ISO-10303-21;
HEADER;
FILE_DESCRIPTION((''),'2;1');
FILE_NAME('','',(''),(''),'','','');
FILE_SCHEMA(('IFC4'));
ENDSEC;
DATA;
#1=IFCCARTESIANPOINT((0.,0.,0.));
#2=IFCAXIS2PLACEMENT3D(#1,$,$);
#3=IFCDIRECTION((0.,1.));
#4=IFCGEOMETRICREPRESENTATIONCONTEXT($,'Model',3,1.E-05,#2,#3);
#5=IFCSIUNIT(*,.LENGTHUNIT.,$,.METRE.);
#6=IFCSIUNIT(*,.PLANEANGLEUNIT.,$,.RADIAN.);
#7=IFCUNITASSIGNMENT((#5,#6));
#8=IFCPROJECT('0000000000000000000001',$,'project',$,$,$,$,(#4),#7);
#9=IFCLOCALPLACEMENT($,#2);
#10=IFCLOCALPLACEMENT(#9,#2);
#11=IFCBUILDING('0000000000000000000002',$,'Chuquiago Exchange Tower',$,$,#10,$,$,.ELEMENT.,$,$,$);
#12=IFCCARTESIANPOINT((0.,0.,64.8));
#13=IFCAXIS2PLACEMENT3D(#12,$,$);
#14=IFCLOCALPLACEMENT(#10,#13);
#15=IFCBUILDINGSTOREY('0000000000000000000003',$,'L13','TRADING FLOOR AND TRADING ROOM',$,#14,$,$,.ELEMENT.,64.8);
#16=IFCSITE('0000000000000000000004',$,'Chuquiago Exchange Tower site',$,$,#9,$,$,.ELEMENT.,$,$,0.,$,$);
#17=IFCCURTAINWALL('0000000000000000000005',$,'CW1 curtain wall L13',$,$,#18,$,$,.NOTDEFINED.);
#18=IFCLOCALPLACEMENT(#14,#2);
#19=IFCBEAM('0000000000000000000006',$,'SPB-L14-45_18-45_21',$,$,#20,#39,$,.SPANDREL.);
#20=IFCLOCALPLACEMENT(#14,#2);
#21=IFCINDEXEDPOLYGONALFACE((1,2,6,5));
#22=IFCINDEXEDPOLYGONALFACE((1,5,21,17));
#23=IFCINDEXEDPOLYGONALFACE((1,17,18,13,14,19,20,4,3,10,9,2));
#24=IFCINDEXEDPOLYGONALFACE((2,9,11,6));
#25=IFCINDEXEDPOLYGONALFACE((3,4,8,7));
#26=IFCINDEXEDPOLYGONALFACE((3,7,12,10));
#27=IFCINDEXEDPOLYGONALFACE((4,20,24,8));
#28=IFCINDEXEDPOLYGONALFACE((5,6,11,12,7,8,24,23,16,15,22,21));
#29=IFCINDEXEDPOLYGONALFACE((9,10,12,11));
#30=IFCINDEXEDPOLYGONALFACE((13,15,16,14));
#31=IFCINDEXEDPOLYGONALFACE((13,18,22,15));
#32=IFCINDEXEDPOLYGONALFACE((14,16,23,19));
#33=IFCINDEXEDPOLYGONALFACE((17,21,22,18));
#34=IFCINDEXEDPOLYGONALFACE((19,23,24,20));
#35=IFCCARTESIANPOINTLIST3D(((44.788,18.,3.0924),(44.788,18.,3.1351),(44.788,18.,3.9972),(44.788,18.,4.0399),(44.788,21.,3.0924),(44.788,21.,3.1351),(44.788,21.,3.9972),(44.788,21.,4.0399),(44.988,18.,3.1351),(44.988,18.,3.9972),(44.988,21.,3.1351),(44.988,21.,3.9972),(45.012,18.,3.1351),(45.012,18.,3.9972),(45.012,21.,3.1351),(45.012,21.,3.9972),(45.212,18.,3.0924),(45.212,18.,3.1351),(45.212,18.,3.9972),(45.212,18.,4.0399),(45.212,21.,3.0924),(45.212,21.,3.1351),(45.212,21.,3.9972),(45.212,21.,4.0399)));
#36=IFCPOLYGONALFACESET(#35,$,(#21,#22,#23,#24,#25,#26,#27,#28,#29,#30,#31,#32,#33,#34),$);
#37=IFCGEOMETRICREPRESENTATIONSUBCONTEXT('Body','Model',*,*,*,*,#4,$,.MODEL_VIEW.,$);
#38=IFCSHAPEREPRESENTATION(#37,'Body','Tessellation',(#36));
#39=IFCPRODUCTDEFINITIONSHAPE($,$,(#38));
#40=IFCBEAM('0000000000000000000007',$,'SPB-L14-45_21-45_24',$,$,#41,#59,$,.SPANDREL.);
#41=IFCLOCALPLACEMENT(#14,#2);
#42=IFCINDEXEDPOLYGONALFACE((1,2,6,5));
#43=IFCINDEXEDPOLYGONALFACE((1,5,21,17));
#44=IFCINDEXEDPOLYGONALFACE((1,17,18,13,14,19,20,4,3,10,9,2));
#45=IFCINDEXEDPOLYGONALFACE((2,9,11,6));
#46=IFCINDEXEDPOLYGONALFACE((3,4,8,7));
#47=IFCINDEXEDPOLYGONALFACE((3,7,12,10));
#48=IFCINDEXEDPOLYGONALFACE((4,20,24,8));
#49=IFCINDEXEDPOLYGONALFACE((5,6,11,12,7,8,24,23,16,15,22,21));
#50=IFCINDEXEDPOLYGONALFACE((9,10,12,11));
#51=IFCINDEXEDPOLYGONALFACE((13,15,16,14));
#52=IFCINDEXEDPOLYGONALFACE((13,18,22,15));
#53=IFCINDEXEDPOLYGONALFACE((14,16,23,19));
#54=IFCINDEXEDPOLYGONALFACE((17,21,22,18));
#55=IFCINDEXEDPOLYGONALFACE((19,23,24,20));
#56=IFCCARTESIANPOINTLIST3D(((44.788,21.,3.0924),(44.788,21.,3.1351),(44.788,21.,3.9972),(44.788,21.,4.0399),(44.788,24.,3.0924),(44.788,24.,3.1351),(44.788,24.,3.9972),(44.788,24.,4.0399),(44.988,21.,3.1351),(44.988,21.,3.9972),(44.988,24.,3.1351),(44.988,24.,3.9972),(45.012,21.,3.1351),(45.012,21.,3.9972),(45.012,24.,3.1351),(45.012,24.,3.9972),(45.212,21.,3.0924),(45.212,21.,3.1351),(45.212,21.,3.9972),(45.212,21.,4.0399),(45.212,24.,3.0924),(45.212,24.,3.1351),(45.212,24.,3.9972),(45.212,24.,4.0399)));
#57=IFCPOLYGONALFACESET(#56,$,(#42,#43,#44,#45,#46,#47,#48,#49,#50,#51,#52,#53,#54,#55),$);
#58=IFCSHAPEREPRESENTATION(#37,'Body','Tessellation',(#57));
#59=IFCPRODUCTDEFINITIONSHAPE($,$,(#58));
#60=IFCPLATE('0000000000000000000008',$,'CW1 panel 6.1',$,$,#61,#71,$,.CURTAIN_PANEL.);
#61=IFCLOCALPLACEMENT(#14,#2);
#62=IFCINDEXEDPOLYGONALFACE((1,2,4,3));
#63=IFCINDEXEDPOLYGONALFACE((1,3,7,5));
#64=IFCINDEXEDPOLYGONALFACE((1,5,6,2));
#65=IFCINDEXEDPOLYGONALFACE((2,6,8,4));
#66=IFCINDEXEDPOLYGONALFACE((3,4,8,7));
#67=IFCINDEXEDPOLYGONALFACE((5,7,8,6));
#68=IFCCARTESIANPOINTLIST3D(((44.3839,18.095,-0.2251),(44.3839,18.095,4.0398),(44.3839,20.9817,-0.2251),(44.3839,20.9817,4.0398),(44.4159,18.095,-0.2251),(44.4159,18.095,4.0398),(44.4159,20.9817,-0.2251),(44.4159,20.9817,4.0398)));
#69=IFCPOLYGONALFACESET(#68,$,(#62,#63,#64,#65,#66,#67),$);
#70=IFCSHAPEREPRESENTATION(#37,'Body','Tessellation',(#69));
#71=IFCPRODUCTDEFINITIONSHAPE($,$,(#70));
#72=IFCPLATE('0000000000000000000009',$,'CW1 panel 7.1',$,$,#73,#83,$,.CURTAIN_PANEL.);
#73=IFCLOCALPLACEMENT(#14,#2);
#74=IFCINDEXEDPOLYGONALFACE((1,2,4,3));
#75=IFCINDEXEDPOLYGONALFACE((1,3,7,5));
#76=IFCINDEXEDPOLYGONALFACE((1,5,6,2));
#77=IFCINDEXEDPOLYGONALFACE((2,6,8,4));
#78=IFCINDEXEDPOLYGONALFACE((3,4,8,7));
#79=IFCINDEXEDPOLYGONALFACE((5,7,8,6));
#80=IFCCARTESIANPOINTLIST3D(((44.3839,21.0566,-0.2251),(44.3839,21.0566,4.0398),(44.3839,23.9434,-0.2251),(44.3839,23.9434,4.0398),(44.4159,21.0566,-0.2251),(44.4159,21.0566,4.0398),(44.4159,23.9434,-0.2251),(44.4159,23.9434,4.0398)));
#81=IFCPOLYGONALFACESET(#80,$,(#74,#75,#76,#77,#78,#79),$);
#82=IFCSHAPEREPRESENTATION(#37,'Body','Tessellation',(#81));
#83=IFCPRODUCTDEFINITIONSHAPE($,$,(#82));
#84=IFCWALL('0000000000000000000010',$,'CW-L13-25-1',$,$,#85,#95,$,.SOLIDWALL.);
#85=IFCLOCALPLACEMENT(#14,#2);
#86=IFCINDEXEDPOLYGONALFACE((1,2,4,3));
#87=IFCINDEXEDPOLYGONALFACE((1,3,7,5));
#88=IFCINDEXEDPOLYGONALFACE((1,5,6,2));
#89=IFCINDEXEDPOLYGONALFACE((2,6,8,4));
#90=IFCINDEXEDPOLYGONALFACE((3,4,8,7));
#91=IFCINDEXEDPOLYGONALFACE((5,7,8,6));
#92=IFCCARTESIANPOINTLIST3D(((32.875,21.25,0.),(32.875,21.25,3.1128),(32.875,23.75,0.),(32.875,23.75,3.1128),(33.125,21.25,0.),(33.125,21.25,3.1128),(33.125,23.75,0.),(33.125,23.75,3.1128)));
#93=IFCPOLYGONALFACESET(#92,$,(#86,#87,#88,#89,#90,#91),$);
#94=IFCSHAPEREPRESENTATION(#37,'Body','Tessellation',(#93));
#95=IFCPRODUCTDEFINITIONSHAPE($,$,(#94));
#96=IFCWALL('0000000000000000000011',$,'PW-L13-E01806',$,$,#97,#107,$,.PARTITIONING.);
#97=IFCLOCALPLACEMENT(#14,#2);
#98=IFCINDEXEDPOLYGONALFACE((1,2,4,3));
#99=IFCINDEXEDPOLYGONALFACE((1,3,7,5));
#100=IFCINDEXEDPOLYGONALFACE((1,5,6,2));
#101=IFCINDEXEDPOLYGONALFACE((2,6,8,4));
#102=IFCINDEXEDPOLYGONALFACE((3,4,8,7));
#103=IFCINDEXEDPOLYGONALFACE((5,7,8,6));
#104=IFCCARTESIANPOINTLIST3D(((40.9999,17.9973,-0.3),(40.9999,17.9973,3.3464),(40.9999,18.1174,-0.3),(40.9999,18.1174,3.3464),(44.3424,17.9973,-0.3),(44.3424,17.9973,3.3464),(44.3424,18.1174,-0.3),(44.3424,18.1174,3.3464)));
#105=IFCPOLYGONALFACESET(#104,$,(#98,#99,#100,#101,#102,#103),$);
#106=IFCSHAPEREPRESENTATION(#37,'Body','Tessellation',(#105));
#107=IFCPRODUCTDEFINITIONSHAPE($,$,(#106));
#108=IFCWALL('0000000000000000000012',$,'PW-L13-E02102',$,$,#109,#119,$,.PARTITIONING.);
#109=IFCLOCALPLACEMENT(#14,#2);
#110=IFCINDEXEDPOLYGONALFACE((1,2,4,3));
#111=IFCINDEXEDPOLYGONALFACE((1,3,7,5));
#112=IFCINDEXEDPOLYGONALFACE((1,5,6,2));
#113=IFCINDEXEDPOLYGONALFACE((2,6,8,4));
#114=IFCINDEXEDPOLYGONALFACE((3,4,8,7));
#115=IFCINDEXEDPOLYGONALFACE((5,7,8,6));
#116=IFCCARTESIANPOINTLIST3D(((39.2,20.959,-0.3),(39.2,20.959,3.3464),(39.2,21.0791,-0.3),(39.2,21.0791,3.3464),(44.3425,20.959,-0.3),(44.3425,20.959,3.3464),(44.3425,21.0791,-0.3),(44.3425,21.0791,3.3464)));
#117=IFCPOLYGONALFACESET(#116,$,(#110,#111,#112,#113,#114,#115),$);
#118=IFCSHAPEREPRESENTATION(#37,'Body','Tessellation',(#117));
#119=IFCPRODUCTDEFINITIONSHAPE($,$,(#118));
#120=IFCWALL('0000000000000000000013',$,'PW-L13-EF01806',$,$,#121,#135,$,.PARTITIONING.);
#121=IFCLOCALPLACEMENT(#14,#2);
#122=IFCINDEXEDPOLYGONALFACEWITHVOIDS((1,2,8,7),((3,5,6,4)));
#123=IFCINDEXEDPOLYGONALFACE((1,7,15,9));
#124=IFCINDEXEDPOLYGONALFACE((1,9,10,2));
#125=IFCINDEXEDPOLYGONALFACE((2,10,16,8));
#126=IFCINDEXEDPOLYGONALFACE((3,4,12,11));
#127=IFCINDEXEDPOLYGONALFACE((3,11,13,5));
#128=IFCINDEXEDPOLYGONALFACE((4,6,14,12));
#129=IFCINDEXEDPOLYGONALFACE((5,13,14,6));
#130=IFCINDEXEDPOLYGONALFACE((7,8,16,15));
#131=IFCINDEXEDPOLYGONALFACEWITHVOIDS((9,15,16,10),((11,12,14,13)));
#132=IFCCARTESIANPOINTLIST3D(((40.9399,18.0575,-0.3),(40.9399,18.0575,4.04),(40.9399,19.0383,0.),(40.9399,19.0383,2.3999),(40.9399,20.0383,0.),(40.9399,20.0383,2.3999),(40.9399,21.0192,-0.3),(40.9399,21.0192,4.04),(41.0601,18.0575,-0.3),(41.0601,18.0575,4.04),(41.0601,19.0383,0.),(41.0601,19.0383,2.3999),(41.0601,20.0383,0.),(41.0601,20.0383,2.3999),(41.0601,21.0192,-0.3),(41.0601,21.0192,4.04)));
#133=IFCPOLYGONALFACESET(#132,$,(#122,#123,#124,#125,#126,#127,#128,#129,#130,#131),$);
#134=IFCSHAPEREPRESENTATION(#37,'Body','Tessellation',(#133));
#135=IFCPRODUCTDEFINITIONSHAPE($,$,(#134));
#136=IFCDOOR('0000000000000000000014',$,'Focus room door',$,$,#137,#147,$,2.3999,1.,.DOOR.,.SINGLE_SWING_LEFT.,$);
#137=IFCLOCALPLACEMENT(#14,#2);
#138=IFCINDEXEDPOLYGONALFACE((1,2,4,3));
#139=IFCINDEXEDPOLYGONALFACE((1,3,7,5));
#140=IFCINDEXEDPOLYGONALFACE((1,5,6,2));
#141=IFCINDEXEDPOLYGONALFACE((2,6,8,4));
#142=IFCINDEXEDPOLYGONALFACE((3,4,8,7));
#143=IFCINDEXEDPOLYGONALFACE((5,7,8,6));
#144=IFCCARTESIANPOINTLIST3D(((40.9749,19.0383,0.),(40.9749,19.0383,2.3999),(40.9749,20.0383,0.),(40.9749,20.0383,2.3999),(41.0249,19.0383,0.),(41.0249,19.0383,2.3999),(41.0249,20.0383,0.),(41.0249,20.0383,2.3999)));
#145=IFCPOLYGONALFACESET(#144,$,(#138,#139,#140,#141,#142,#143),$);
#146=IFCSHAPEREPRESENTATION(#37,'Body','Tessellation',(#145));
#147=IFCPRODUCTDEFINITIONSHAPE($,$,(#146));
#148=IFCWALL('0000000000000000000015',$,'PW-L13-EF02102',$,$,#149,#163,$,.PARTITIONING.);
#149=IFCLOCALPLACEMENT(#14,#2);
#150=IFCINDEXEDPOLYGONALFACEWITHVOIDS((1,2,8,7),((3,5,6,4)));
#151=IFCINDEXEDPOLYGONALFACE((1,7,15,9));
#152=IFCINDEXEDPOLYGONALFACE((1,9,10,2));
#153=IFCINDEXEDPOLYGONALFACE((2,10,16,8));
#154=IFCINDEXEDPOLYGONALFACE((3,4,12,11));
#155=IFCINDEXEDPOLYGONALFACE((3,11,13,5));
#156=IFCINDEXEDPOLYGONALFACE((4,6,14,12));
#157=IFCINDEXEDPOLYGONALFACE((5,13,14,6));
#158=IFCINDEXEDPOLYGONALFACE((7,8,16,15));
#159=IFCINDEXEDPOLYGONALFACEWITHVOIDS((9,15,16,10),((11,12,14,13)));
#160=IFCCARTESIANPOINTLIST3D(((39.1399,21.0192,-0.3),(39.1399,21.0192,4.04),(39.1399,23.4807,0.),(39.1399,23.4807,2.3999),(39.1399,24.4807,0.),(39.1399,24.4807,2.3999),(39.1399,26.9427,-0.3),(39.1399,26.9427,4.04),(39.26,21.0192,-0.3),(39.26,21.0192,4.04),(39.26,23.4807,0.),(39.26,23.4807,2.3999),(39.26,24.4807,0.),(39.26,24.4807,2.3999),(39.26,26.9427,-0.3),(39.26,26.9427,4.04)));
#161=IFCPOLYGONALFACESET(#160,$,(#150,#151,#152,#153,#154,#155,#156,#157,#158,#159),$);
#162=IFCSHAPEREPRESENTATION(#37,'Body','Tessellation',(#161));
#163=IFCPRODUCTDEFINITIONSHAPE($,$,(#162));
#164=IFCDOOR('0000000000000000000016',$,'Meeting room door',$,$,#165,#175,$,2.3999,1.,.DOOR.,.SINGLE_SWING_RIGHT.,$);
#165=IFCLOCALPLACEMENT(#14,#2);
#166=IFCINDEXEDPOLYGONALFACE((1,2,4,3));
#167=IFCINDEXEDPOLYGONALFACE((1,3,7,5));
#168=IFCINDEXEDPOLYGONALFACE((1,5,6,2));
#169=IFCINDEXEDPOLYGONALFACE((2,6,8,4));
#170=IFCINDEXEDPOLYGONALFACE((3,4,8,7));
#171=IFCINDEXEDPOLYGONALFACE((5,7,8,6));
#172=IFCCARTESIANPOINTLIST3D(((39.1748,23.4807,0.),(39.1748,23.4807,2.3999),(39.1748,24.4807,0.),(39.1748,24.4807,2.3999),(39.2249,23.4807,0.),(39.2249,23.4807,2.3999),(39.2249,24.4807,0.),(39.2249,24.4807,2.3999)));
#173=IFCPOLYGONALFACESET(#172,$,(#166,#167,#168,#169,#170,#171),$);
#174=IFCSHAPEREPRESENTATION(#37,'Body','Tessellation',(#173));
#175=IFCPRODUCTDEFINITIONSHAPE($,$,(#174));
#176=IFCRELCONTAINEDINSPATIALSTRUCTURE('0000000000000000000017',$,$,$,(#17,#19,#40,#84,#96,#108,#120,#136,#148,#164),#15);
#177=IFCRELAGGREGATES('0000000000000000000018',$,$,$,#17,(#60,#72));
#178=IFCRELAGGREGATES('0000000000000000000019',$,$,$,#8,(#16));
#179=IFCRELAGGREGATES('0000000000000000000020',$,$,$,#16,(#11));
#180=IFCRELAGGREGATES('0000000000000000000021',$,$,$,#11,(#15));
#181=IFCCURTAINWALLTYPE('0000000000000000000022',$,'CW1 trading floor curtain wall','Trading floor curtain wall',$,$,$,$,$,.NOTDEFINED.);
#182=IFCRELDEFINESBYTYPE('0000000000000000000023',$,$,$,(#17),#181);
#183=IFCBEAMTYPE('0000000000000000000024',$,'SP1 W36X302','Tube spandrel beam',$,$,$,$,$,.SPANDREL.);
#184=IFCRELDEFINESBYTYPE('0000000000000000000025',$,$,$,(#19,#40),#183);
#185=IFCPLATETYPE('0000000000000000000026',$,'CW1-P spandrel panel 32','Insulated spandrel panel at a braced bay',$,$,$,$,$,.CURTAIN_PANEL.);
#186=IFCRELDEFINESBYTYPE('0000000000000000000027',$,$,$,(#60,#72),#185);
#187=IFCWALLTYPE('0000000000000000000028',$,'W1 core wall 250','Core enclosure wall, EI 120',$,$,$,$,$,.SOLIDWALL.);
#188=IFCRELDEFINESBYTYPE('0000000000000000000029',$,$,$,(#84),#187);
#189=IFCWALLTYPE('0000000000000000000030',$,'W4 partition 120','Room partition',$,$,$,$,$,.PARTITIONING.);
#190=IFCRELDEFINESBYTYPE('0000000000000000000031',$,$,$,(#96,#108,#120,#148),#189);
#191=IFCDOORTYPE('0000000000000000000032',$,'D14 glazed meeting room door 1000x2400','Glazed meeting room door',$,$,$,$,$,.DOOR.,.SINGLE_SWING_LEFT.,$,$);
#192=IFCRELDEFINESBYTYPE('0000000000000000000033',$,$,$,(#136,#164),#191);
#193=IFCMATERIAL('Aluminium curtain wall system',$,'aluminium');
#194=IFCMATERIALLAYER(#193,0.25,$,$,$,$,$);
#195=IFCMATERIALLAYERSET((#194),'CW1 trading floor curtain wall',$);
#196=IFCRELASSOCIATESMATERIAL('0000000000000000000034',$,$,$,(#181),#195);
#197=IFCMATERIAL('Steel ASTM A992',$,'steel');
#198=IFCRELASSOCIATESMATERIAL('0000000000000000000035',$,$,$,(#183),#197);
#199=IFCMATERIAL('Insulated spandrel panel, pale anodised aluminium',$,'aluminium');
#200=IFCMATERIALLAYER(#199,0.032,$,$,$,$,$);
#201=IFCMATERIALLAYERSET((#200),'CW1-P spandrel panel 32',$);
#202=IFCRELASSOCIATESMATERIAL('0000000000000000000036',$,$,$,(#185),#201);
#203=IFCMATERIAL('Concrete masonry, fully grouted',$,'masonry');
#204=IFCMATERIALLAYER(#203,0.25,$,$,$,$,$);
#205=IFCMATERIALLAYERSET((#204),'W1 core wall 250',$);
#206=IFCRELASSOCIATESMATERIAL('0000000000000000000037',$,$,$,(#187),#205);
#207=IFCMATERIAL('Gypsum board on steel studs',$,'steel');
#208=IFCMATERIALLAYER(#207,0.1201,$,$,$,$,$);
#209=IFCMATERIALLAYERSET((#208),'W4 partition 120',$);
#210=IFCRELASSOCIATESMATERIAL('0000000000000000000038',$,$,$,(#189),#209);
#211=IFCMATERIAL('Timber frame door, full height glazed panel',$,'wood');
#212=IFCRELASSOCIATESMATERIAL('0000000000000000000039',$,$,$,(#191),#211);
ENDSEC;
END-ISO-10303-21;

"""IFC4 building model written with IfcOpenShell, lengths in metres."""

from ifc_helpers import new_model, si_unit, direction, frame, frame_2d, origin, origin_2d, place, context, subcontext, project, spatial, rectangle, i_section, extrude, material, layer, layer_set, material_profile, profile_set, type_object, element, fill, aggregate, save


model = new_model("IFC4")

# Units and contexts
model_context = context("Model", 3, precision=1e-05, world=origin(), true_north=direction((0.0, 1.0)))
body_context = subcontext(model_context, "Body", "Model", "MODEL_VIEW")
ifc_project = project(units=[si_unit("LENGTHUNIT", "METRE"), si_unit("PLANEANGLEUNIT", "RADIAN")], contexts=[model_context])

# Site, building, storey
site_placement = place(None, origin())
site = spatial("IfcSite", under=ifc_project, at=site_placement, Name="Chuquiago Exchange Tower site", CompositionType="ELEMENT", RefElevation=0.0)
building_placement = place(site_placement, origin())
building = spatial("IfcBuilding", under=site, at=building_placement, Name="Chuquiago Exchange Tower", CompositionType="ELEMENT")
storey_placement = place(building_placement, frame((0.0, 0.0, 64.8)))
storey = spatial("IfcBuildingStorey", under=building, at=storey_placement, Name="L13", Description="TRADING FLOOR AND TRADING ROOM", CompositionType="ELEMENT", Elevation=64.8)

# Curtain wall
ifc_material_1 = material(Name="Aluminium curtain wall system", Category="aluminium")
ifc_layer_1 = layer(ifc_material_1, 0.25)
ifc_layer_set_1 = layer_set([ifc_layer_1], Name="CW1 trading floor curtain wall")
curtain_wall_type = type_object("IfcCurtainWallType", Name="CW1 trading floor curtain wall", Description="Trading floor curtain wall", PredefinedType="NOTDEFINED", material=ifc_layer_set_1)
curtain_wall_placement = place(storey_placement, origin())
curtain_wall = element("IfcCurtainWall", 1, at=curtain_wall_placement, inside=storey, type_object=curtain_wall_type, Name="CW1 curtain wall L13", PredefinedType="NOTDEFINED")

# Beams
ifc_material_2 = material(Name="Steel ASTM A992", Category="steel")
ifc_material_profile_1 = material_profile(ifc_material_2, i_section(OverallWidth=0.4241, OverallDepth=0.9475, WebThickness=0.0239, FlangeThickness=0.0427, at=origin_2d()), Name="W36X302")
ifc_profile_set_1 = profile_set([ifc_material_profile_1], Name="Steel ASTM A992")
beam_type_1 = type_object("IfcBeamType", Name="SP1 W36X302", Description="Tube spandrel beam", PredefinedType="SPANDREL", material=ifc_profile_set_1)
for number, where, z_axis, x_axis, name in (
    (2, (45.0, 18.0, 3.5662), (0.0, 1.0, 0.0), (-1.0, 0.0, 0.0), "SPB-L14-45_18-45_21"),
    (3, (45.0, 21.0, 3.5662), (0.0, 1.0, 0.0), (-1.0, 0.0, 0.0), "SPB-L14-45_21-45_24"),
):
    element("IfcBeam", number, at=place(storey_placement, frame(where, z_axis=z_axis, x_axis=x_axis)), inside=storey, type_object=beam_type_1, Name=name, PredefinedType="SPANDREL", context=body_context, shape_type="SweptSolid", body=[
        extrude(i_section(OverallWidth=0.4241, OverallDepth=0.9475, WebThickness=0.0239, FlangeThickness=0.0427, at=origin_2d()), origin(), (0.0, 0.0, 1.0), 3.0),
    ])

# Plates
ifc_material_3 = material(Name="Insulated spandrel panel, pale anodised aluminium", Category="aluminium")
ifc_layer_2 = layer(ifc_material_3, 0.032)
ifc_layer_set_2 = layer_set([ifc_layer_2], Name="CW1-P spandrel panel 32")
plate_type = type_object("IfcPlateType", Name="CW1-P spandrel panel 32", Description="Insulated spandrel panel at a braced bay", PredefinedType="CURTAIN_PANEL", material=ifc_layer_set_2)
plate_1_placement = place(storey_placement, frame((44.3999, 19.5383, -0.2251), z_axis=(0.0, 0.0, 1.0), x_axis=(0.0, 1.0, 0.0)))
plate_1 = element("IfcPlate", 4, at=plate_1_placement, type_object=plate_type, Name="CW1 panel 6.1", PredefinedType="CURTAIN_PANEL", context=body_context, shape_type="SweptSolid", body=[
    extrude(rectangle(XDim=2.8867, YDim=0.032, at=origin_2d()), origin(), (0.0, 0.0, 1.0), 4.2649),
])
plate_2_placement = place(storey_placement, frame((44.3999, 22.5, -0.2251), z_axis=(0.0, 0.0, 1.0), x_axis=(0.0, 1.0, 0.0)))
plate_2 = element("IfcPlate", 5, at=plate_2_placement, type_object=plate_type, Name="CW1 panel 7.1", PredefinedType="CURTAIN_PANEL", context=body_context, shape_type="SweptSolid", body=[
    extrude(rectangle(XDim=2.8867, YDim=0.032, at=origin_2d()), origin(), (0.0, 0.0, 1.0), 4.2649),
])
aggregate(curtain_wall, [plate_1, plate_2])

# Walls
ifc_material_4 = material(Name="Concrete masonry, fully grouted", Category="masonry")
ifc_layer_3 = layer(ifc_material_4, 0.25)
ifc_layer_set_3 = layer_set([ifc_layer_3], Name="W1 core wall 250")
wall_type_1 = type_object("IfcWallType", Name="W1 core wall 250", Description="Core enclosure wall, EI 120", PredefinedType="SOLIDWALL", material=ifc_layer_set_3)
wall_1_placement = place(storey_placement, frame((33.0, 21.25, 0.0), z_axis=(0.0, 0.0, 1.0), x_axis=(0.0, 1.0, 0.0)))
element("IfcWall", 6, at=wall_1_placement, inside=storey, type_object=wall_type_1, Name="CW-L13-25-1", PredefinedType="SOLIDWALL", context=body_context, shape_type="SweptSolid", body=[
    extrude(rectangle(XDim=2.5, YDim=0.25, at=frame_2d((1.25, 0.0))), origin(), (0.0, 0.0, 1.0), 3.1128),
])
ifc_material_5 = material(Name="Gypsum board on steel studs", Category="steel")
ifc_layer_4 = layer(ifc_material_5, 0.1201)
ifc_layer_set_4 = layer_set([ifc_layer_4], Name="W4 partition 120")
wall_type_2 = type_object("IfcWallType", Name="W4 partition 120", Description="Room partition", PredefinedType="PARTITIONING", material=ifc_layer_set_4)
wall_2_placement = place(storey_placement, frame((44.3425, 18.0574, -0.3), z_axis=(0.0, 0.0, 1.0), x_axis=(-1.0, 0.0, 0.0)))
element("IfcWall", 7, at=wall_2_placement, inside=storey, type_object=wall_type_2, Name="PW-L13-E01806", PredefinedType="PARTITIONING", context=body_context, shape_type="SweptSolid", body=[
    extrude(rectangle(XDim=3.3425, YDim=0.1201, at=frame_2d((1.6714, 0.0))), origin(), (0.0, 0.0, 1.0), 3.6465),
])
wall_3_placement = place(storey_placement, frame((44.3425, 21.019, -0.3), z_axis=(0.0, 0.0, 1.0), x_axis=(-1.0, 0.0, 0.0)))
element("IfcWall", 8, at=wall_3_placement, inside=storey, type_object=wall_type_2, Name="PW-L13-E02102", PredefinedType="PARTITIONING", context=body_context, shape_type="SweptSolid", body=[
    extrude(rectangle(XDim=5.1426, YDim=0.1201, at=frame_2d((2.5713, 0.0))), origin(), (0.0, 0.0, 1.0), 3.6465),
])

# Walls, openings, doors
wall_4_placement = place(storey_placement, frame((41.0, 18.0574, -0.3), z_axis=(0.0, 0.0, 1.0), x_axis=(0.0, 1.0, 0.0)))
wall_4 = element("IfcWall", 9, at=wall_4_placement, inside=storey, type_object=wall_type_2, Name="PW-L13-EF01806", PredefinedType="PARTITIONING", context=body_context, shape_type="SweptSolid", body=[
    extrude(rectangle(XDim=2.9617, YDim=0.1201, at=frame_2d((1.481, 0.0))), origin(), (0.0, 0.0, 1.0), 4.3401),
])
opening_1_placement = place(wall_4_placement, frame((0.981, 0.0, 0.3)))
opening_1 = element("IfcOpeningElement", 10, at=opening_1_placement, cuts=wall_4, PredefinedType="OPENING", context=body_context, shape_type="SweptSolid", body=[
    extrude(rectangle(XDim=1.0, YDim=2.3999, at=frame_2d((0.5, 1.2))), frame((0.0, 0.0701, 0.0), z_axis=(0.0, -1.0, 0.0), x_axis=(1.0, 0.0, 0.0)), (0.0, 0.0, 1.0), 0.1401),
])
ifc_material_6 = material(Name="Timber frame door, full height glazed panel", Category="wood")
door_type = type_object("IfcDoorType", Name="D14 glazed meeting room door 1000x2400", Description="Glazed meeting room door", OperationType="SINGLE_SWING_LEFT", PredefinedType="DOOR", material=ifc_material_6)
door_1_placement = place(opening_1_placement, frame((1.0, 0.0, 0.0), z_axis=(0.0, 0.0, 1.0), x_axis=(-1.0, 0.0, 0.0)))
door_1 = element("IfcDoor", 11, at=door_1_placement, inside=storey, type_object=door_type, Name="Focus room door", OperationType="SINGLE_SWING_LEFT", OverallHeight=2.3999, OverallWidth=1.0, PredefinedType="DOOR", context=body_context, shape_type="SweptSolid", body=[
    extrude(rectangle(XDim=1.0, YDim=2.3999, at=frame_2d((0.5, 1.2))), frame((0.0, 0.0249, 0.0), z_axis=(0.0, -1.0, 0.0), x_axis=(1.0, 0.0, 0.0)), (0.0, 0.0, 1.0), 0.05),
])
fill(opening_1, door_1)
wall_5_placement = place(storey_placement, frame((39.2, 21.019, -0.3), z_axis=(0.0, 0.0, 1.0), x_axis=(0.0, 1.0, 0.0)))
wall_5 = element("IfcWall", 12, at=wall_5_placement, inside=storey, type_object=wall_type_2, Name="PW-L13-EF02102", PredefinedType="PARTITIONING", context=body_context, shape_type="SweptSolid", body=[
    extrude(rectangle(XDim=5.9236, YDim=0.1201, at=frame_2d((2.9619, 0.0))), origin(), (0.0, 0.0, 1.0), 4.3401),
])
opening_2_placement = place(wall_5_placement, frame((2.4617, 0.0, 0.3)))
opening_2 = element("IfcOpeningElement", 13, at=opening_2_placement, cuts=wall_5, PredefinedType="OPENING", context=body_context, shape_type="SweptSolid", body=[
    extrude(rectangle(XDim=1.0, YDim=2.3999, at=frame_2d((0.5, 1.2))), frame((0.0, 0.0701, 0.0), z_axis=(0.0, -1.0, 0.0), x_axis=(1.0, 0.0, 0.0)), (0.0, 0.0, 1.0), 0.1401),
])
door_2_placement = place(opening_2_placement, frame((1.0, 0.0, 0.0), z_axis=(0.0, 0.0, 1.0), x_axis=(-1.0, 0.0, 0.0)))
door_2 = element("IfcDoor", 14, at=door_2_placement, inside=storey, type_object=door_type, Name="Meeting room door", OperationType="SINGLE_SWING_RIGHT", OverallHeight=2.3999, OverallWidth=1.0, PredefinedType="DOOR", context=body_context, shape_type="SweptSolid", body=[
    extrude(rectangle(XDim=1.0, YDim=2.3999, at=frame_2d((0.5, 1.2))), frame((0.0, 0.0249, 0.0), z_axis=(0.0, -1.0, 0.0), x_axis=(1.0, 0.0, 0.0)), (0.0, 0.0, 1.0), 0.05),
])
fill(opening_2, door_2)

save(model, "model.ifc")
